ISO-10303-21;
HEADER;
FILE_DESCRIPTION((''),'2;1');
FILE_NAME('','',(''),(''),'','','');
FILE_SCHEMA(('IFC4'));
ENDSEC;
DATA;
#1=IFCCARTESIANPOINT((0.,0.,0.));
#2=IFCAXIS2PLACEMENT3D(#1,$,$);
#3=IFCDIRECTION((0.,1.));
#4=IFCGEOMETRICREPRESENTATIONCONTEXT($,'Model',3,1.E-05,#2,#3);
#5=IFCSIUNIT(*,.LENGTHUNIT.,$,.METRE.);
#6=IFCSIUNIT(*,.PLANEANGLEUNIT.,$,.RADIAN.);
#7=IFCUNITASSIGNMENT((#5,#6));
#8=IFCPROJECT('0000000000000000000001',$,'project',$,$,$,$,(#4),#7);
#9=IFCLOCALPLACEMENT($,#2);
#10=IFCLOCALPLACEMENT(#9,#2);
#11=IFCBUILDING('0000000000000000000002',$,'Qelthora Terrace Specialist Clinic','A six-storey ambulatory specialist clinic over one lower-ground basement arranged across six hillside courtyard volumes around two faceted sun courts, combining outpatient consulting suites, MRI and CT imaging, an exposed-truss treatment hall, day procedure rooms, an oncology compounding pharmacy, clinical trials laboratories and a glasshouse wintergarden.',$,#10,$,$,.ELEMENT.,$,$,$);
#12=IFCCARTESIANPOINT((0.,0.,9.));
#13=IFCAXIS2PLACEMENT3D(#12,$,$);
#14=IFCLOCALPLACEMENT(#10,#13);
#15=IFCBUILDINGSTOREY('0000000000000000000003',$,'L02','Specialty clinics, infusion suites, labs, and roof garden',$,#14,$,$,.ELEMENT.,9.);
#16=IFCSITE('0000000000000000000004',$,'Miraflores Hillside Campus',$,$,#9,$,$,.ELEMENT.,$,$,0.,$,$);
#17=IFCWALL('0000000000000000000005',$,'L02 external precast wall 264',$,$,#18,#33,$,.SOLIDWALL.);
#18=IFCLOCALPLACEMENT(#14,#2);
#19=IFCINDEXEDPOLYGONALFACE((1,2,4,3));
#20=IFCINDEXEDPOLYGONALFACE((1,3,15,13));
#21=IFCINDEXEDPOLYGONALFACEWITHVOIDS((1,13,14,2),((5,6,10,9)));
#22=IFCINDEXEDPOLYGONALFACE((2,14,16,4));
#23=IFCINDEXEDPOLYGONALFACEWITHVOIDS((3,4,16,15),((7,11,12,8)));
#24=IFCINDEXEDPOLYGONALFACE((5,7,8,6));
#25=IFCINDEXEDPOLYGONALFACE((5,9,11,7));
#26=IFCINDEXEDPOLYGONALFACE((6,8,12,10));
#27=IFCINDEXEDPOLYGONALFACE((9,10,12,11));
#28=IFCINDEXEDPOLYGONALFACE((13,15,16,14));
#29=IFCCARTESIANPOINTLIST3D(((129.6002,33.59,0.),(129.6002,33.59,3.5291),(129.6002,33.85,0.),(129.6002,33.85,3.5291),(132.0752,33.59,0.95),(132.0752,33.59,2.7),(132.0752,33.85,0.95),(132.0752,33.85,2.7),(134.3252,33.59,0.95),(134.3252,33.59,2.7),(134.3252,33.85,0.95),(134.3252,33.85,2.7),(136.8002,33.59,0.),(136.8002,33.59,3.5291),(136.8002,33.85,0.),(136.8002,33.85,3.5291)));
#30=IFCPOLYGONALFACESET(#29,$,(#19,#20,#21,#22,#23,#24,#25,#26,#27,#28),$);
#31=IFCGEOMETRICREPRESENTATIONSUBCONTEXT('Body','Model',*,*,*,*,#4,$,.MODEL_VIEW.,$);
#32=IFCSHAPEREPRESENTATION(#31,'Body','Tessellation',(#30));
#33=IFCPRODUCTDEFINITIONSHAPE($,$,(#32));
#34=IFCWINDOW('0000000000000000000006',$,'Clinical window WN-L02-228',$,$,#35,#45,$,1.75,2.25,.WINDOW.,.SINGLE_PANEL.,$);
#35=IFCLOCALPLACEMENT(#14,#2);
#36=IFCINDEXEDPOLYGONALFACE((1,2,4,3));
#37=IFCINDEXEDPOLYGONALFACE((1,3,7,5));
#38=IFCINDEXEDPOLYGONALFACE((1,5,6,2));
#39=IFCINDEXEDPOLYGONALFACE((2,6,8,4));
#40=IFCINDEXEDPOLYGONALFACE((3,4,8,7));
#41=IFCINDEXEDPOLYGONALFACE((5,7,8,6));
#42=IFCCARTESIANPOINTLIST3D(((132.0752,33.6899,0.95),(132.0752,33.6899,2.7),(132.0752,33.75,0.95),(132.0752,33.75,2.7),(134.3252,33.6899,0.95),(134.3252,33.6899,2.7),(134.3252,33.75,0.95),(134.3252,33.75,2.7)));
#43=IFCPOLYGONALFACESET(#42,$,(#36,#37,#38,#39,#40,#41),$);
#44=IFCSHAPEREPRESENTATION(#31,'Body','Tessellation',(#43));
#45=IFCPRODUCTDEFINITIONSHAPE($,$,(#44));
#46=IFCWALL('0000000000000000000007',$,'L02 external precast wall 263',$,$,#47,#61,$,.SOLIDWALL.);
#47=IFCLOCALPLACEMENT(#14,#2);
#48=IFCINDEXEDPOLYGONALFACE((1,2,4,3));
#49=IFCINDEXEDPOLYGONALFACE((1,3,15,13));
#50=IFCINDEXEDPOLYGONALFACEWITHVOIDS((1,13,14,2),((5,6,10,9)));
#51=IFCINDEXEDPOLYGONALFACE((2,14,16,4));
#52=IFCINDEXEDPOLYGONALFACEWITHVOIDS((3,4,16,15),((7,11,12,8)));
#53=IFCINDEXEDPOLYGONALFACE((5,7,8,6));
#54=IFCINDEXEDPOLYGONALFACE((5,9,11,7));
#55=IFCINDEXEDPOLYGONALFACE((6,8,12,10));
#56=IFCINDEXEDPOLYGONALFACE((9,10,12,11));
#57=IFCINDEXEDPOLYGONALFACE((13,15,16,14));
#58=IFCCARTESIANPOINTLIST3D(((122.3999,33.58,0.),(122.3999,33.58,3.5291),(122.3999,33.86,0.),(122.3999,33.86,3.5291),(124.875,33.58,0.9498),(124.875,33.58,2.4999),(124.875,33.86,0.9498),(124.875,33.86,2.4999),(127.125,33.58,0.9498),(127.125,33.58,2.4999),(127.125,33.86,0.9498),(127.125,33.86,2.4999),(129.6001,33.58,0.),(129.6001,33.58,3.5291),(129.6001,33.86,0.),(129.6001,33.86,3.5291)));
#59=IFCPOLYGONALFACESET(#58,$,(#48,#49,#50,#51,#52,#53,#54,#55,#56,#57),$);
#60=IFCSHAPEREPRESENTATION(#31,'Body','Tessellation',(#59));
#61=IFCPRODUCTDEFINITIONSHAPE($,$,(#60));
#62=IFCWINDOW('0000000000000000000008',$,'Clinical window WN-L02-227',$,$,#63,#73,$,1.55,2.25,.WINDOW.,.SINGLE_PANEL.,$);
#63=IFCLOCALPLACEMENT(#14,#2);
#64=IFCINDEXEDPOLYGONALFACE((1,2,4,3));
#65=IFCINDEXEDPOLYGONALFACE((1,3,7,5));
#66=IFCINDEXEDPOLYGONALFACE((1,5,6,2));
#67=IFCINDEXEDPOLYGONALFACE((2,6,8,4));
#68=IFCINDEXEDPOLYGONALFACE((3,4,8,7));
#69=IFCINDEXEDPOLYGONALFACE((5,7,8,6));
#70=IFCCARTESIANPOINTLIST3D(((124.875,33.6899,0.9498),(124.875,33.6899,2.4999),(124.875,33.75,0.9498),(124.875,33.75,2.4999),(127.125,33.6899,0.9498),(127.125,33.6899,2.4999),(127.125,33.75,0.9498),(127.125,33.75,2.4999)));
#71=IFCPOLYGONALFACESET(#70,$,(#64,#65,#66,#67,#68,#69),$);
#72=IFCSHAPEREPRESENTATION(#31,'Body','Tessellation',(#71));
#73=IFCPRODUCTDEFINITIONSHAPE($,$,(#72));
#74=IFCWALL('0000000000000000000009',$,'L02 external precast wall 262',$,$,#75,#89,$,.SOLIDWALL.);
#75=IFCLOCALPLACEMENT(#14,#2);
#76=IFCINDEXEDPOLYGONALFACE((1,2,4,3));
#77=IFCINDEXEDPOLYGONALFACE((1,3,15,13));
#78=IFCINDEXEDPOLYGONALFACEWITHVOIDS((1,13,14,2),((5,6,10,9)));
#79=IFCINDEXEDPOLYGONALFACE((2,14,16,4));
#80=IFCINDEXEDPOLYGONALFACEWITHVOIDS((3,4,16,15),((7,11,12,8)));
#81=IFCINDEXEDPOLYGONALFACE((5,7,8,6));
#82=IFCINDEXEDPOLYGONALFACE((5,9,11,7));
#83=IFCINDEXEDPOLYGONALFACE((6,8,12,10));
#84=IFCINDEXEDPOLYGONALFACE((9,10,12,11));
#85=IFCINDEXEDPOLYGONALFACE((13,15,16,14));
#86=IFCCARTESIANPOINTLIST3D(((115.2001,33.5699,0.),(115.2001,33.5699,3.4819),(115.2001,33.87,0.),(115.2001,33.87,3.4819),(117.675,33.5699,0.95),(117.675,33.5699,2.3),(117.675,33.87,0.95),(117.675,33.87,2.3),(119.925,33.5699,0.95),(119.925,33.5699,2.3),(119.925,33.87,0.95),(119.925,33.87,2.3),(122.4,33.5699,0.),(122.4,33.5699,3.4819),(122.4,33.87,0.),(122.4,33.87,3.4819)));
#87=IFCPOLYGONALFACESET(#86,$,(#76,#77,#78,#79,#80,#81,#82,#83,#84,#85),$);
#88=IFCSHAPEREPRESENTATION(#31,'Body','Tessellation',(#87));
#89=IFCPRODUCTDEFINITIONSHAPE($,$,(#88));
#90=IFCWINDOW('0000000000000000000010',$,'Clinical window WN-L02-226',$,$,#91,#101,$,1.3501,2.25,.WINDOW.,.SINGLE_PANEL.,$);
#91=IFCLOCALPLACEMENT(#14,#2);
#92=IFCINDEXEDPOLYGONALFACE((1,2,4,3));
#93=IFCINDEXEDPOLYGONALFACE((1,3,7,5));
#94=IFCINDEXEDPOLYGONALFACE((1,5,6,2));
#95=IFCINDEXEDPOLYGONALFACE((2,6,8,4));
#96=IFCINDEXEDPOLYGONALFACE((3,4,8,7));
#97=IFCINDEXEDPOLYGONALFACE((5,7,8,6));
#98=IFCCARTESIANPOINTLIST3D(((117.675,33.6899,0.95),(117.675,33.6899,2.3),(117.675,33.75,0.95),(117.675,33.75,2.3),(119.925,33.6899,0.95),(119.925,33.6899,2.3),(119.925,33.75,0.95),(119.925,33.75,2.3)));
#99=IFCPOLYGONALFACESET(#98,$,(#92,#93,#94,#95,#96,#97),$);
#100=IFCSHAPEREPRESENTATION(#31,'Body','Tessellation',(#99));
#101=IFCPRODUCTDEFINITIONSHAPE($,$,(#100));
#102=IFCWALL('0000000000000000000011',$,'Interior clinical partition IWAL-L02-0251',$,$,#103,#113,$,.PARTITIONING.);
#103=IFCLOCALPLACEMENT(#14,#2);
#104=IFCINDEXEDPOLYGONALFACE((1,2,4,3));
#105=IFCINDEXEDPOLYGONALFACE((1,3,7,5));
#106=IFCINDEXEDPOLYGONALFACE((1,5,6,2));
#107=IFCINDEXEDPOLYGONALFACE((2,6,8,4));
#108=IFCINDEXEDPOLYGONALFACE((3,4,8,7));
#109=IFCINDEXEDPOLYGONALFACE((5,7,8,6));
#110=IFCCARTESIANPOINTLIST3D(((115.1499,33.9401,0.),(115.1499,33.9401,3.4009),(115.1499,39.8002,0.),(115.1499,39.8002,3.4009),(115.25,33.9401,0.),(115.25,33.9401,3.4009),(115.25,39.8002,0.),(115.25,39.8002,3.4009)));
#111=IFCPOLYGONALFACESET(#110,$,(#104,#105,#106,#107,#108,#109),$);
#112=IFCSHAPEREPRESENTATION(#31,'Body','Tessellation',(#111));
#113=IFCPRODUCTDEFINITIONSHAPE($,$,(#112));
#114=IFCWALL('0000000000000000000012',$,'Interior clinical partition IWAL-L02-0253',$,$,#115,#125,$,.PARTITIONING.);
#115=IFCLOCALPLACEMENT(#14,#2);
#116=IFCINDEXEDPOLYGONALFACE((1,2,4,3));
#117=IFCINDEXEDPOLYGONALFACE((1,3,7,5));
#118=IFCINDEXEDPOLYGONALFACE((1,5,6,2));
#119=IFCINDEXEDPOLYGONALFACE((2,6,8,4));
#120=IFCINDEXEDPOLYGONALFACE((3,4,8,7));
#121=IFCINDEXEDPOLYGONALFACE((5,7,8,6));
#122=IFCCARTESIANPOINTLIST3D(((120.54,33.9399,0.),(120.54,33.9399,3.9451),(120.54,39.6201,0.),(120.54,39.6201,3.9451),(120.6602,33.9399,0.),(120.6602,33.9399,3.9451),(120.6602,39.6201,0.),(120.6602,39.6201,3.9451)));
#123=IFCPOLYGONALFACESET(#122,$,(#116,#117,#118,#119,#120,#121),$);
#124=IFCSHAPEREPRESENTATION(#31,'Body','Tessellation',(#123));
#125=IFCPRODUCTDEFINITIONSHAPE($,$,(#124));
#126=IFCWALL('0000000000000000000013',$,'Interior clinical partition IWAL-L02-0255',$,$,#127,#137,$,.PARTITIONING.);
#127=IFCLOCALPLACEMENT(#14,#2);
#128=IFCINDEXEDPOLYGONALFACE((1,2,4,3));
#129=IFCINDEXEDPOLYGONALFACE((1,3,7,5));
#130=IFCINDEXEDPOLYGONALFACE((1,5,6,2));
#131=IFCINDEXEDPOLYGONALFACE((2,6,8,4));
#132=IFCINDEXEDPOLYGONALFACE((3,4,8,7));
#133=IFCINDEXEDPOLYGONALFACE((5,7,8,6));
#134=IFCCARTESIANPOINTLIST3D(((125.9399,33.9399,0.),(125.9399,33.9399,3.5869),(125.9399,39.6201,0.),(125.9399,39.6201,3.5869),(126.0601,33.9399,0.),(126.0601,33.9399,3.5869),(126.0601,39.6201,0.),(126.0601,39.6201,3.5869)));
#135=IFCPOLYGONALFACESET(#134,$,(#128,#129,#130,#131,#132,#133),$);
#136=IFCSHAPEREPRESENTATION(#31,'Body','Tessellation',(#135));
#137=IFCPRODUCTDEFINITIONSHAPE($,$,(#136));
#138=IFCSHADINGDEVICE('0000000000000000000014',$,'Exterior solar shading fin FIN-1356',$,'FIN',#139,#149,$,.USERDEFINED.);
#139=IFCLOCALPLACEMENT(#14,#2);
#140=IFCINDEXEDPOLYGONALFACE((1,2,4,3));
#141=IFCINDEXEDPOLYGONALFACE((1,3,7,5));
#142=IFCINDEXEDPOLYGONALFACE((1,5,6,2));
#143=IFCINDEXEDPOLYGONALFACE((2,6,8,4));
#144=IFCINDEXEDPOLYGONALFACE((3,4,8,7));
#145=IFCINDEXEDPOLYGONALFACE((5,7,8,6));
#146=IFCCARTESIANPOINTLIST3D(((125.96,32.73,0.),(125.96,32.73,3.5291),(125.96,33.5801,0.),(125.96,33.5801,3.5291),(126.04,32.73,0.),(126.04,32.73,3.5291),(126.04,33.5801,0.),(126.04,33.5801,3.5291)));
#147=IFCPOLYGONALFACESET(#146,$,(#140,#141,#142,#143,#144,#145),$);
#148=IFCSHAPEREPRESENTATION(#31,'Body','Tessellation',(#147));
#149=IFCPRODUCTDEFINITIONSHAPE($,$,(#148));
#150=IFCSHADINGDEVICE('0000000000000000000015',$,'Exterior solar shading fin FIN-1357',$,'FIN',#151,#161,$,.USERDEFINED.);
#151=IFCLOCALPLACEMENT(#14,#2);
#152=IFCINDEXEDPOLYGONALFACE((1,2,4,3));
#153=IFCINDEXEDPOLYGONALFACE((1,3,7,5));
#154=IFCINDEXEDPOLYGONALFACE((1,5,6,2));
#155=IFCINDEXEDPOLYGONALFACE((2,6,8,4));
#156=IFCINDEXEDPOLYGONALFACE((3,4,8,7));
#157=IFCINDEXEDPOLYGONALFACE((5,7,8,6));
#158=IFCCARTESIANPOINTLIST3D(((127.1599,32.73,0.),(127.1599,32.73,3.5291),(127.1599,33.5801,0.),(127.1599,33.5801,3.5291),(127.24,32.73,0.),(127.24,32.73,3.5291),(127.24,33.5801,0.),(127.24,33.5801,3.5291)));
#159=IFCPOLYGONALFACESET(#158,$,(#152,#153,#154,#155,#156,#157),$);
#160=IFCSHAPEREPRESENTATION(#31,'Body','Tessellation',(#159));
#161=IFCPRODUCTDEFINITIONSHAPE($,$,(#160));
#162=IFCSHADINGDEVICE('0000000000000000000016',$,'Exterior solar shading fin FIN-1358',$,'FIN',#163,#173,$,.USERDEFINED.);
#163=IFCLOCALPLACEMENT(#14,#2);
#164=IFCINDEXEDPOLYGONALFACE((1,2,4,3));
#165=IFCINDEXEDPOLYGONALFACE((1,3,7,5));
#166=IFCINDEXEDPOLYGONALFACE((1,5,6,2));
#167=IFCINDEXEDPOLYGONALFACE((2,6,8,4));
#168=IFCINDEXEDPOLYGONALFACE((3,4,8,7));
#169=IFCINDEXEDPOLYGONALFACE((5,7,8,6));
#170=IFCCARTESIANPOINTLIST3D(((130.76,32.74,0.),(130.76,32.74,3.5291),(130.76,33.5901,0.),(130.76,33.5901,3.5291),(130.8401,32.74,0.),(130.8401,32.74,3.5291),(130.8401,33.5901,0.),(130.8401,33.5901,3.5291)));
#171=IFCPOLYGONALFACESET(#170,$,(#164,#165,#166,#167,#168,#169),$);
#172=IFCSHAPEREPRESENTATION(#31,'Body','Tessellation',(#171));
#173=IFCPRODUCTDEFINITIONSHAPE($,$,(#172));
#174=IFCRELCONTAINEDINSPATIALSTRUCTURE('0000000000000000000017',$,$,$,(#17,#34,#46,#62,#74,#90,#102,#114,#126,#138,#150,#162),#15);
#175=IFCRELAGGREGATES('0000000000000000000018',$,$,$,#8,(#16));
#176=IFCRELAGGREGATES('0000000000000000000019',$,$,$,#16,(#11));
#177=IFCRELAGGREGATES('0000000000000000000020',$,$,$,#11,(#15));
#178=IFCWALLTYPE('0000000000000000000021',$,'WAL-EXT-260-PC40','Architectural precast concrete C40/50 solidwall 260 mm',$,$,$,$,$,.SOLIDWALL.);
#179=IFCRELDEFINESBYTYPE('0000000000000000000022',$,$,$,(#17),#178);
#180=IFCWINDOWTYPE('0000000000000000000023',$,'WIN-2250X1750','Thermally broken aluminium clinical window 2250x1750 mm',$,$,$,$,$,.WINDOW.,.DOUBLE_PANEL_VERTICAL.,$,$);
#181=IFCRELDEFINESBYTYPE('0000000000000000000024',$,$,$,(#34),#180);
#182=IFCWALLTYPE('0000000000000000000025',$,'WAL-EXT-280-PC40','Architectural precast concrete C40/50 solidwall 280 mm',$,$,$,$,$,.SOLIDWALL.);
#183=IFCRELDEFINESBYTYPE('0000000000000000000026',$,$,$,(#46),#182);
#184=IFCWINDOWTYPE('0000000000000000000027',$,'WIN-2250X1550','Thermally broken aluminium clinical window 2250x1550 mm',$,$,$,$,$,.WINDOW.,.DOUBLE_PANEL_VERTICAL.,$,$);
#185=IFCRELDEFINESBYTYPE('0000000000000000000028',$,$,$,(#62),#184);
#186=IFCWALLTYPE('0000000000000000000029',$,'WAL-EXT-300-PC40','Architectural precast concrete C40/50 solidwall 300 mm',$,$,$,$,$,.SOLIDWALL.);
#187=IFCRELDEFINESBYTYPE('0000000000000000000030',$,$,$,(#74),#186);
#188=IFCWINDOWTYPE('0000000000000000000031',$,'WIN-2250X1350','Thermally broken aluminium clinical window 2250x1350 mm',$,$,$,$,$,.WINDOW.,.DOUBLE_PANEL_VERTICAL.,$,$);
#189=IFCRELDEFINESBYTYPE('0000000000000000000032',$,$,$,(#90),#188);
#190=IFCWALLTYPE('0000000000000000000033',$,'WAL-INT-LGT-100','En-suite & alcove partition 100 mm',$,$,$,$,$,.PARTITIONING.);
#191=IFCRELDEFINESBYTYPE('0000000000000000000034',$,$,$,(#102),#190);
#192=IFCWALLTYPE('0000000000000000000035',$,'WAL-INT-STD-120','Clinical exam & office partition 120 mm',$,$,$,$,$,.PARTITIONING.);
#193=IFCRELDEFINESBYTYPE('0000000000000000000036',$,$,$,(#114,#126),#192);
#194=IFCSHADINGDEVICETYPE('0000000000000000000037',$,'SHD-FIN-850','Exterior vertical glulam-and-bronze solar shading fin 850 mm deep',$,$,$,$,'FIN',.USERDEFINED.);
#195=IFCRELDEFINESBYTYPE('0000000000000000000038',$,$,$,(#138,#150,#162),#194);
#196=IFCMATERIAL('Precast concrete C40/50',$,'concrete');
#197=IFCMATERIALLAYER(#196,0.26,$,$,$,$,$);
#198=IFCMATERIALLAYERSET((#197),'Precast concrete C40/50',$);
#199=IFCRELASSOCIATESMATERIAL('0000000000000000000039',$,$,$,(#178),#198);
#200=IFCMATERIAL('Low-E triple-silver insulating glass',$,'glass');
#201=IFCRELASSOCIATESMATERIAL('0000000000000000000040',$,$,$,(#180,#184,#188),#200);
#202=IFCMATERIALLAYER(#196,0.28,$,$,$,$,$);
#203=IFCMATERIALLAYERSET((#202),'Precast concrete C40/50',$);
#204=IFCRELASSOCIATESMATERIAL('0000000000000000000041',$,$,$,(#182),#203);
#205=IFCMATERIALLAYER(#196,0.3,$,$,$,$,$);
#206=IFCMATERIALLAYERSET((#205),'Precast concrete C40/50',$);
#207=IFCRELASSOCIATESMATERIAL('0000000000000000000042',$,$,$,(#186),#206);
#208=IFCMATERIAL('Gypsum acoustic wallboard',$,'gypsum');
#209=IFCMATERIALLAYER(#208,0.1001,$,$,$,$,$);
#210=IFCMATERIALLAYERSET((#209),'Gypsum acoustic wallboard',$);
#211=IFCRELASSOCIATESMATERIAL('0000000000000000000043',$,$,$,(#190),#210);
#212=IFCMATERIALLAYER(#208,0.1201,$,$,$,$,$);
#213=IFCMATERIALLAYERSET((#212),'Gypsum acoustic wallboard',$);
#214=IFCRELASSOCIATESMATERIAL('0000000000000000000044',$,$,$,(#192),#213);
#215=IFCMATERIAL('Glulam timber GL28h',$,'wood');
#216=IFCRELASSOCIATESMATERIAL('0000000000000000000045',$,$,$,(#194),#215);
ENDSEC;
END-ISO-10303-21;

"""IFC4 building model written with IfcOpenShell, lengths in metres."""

from ifc_helpers import new_model, si_unit, direction, frame, frame_2d, origin, origin_2d, place, context, subcontext, project, spatial, rectangle, extrude, material, layer, layer_set, type_object, element, fill, save


model = new_model("IFC4")

# Units and contexts
model_context = context("Model", 3, precision=1e-05, world=origin(), true_north=direction((0.0, 1.0)))
body_context = subcontext(model_context, "Body", "Model", "MODEL_VIEW")
ifc_project = project(units=[si_unit("LENGTHUNIT", "METRE"), si_unit("PLANEANGLEUNIT", "RADIAN")], contexts=[model_context])

# Site, building, storey
site_placement = place(None, origin())
site = spatial("IfcSite", under=ifc_project, at=site_placement, Name="Miraflores Hillside Campus", CompositionType="ELEMENT", RefElevation=0.0)
building_placement = place(site_placement, origin())
building = spatial("IfcBuilding", under=site, at=building_placement, Name="Qelthora Terrace Specialist Clinic", Description="A six-storey ambulatory specialist clinic over one lower-ground basement arranged across six hillside courtyard volumes around two faceted sun courts, combining outpatient consulting suites, MRI and CT imaging, an exposed-truss treatment hall, day procedure rooms, an oncology compounding pharmacy, clinical trials laboratories and a glasshouse wintergarden.", CompositionType="ELEMENT")
storey_placement = place(building_placement, frame((0.0, 0.0, 9.0)))
storey = spatial("IfcBuildingStorey", under=building, at=storey_placement, Name="L02", Description="Specialty clinics, infusion suites, labs, and roof garden", CompositionType="ELEMENT", Elevation=9.0)

# Walls, openings, windows
ifc_material_1 = material(Name="Precast concrete C40/50", Category="concrete")
ifc_layer_1 = layer(ifc_material_1, 0.26)
ifc_layer_set_1 = layer_set([ifc_layer_1], Name="Precast concrete C40/50")
wall_type_1 = type_object("IfcWallType", Name="WAL-EXT-260-PC40", Description="Architectural precast concrete C40/50 solidwall 260 mm", PredefinedType="SOLIDWALL", material=ifc_layer_set_1)
wall_1_placement = place(storey_placement, frame((129.6001, 33.72, 0.0), z_axis=(0.0, 0.0, 1.0), x_axis=(1.0, 0.0, 0.0)))
wall_1 = element("IfcWall", 1, at=wall_1_placement, inside=storey, type_object=wall_type_1, Name="L02 external precast wall 264", PredefinedType="SOLIDWALL", context=body_context, shape_type="SweptSolid", body=[
    extrude(rectangle(XDim=7.2, YDim=0.26, at=frame_2d((3.6001, 0.0))), origin(), (0.0, 0.0, 1.0), 3.5291),
])
opening_1_placement = place(wall_1_placement, frame((2.4751, 0.0, 0.95)))
opening_1 = element("IfcOpeningElement", 2, at=opening_1_placement, cuts=wall_1, PredefinedType="OPENING", context=body_context, shape_type="SweptSolid", body=[
    extrude(rectangle(XDim=2.25, YDim=1.75, at=frame_2d((1.125, 0.875))), frame((0.0, 0.1399, 0.0), z_axis=(0.0, -1.0, 0.0), x_axis=(1.0, 0.0, 0.0)), (0.0, 0.0, 1.0), 0.28),
])
ifc_material_2 = material(Name="Low-E triple-silver insulating glass", Category="glass")
window_type_1 = type_object("IfcWindowType", Name="WIN-2250X1750", Description="Thermally broken aluminium clinical window 2250x1750 mm", PartitioningType="DOUBLE_PANEL_VERTICAL", PredefinedType="WINDOW", material=ifc_material_2)
window_1_placement = place(opening_1_placement, origin())
window_1 = element("IfcWindow", 3, at=window_1_placement, inside=storey, type_object=window_type_1, Name="Clinical window WN-L02-228", OverallHeight=1.75, OverallWidth=2.25, PartitioningType="SINGLE_PANEL", PredefinedType="WINDOW", context=body_context, shape_type="SweptSolid", body=[
    extrude(rectangle(XDim=2.25, YDim=1.75, at=frame_2d((1.125, 0.875))), frame((0.0, 0.03, 0.0), z_axis=(0.0, -1.0, 0.0), x_axis=(1.0, 0.0, 0.0)), (0.0, 0.0, 1.0), 0.0601),
])
fill(opening_1, window_1)
ifc_layer_2 = layer(ifc_material_1, 0.28)
ifc_layer_set_2 = layer_set([ifc_layer_2], Name="Precast concrete C40/50")
wall_type_2 = type_object("IfcWallType", Name="WAL-EXT-280-PC40", Description="Architectural precast concrete C40/50 solidwall 280 mm", PredefinedType="SOLIDWALL", material=ifc_layer_set_2)
wall_2_placement = place(storey_placement, frame((122.3999, 33.72, 0.0), z_axis=(0.0, 0.0, 1.0), x_axis=(1.0, 0.0, 0.0)))
wall_2 = element("IfcWall", 4, at=wall_2_placement, inside=storey, type_object=wall_type_2, Name="L02 external precast wall 263", PredefinedType="SOLIDWALL", context=body_context, shape_type="SweptSolid", body=[
    extrude(rectangle(XDim=7.2002, YDim=0.28, at=frame_2d((3.6001, 0.0))), origin(), (0.0, 0.0, 1.0), 3.5291),
])
opening_2_placement = place(wall_2_placement, frame((2.4751, 0.0, 0.95)))
opening_2 = element("IfcOpeningElement", 5, at=opening_2_placement, cuts=wall_2, PredefinedType="OPENING", context=body_context, shape_type="SweptSolid", body=[
    extrude(rectangle(XDim=2.25, YDim=1.55, at=frame_2d((1.125, 0.7749))), frame((0.0, 0.1499, 0.0), z_axis=(0.0, -1.0, 0.0), x_axis=(1.0, 0.0, 0.0)), (0.0, 0.0, 1.0), 0.3),
])
window_type_2 = type_object("IfcWindowType", Name="WIN-2250X1550", Description="Thermally broken aluminium clinical window 2250x1550 mm", PartitioningType="DOUBLE_PANEL_VERTICAL", PredefinedType="WINDOW", material=ifc_material_2)
window_2_placement = place(opening_2_placement, origin())
window_2 = element("IfcWindow", 6, at=window_2_placement, inside=storey, type_object=window_type_2, Name="Clinical window WN-L02-227", OverallHeight=1.55, OverallWidth=2.25, PartitioningType="SINGLE_PANEL", PredefinedType="WINDOW", context=body_context, shape_type="SweptSolid", body=[
    extrude(rectangle(XDim=2.25, YDim=1.55, at=frame_2d((1.125, 0.7749))), frame((0.0, 0.03, 0.0), z_axis=(0.0, -1.0, 0.0), x_axis=(1.0, 0.0, 0.0)), (0.0, 0.0, 1.0), 0.0601),
])
fill(opening_2, window_2)
ifc_layer_3 = layer(ifc_material_1, 0.3)
ifc_layer_set_3 = layer_set([ifc_layer_3], Name="Precast concrete C40/50")
wall_type_3 = type_object("IfcWallType", Name="WAL-EXT-300-PC40", Description="Architectural precast concrete C40/50 solidwall 300 mm", PredefinedType="SOLIDWALL", material=ifc_layer_set_3)
wall_3_placement = place(storey_placement, frame((115.2, 33.72, 0.0), z_axis=(0.0, 0.0, 1.0), x_axis=(1.0, 0.0, 0.0)))
wall_3 = element("IfcWall", 7, at=wall_3_placement, inside=storey, type_object=wall_type_3, Name="L02 external precast wall 262", PredefinedType="SOLIDWALL", context=body_context, shape_type="SweptSolid", body=[
    extrude(rectangle(XDim=7.2, YDim=0.3, at=frame_2d((3.6001, 0.0))), origin(), (0.0, 0.0, 1.0), 3.4819),
])
opening_3_placement = place(wall_3_placement, frame((2.4751, 0.0, 0.95)))
opening_3 = element("IfcOpeningElement", 8, at=opening_3_placement, cuts=wall_3, PredefinedType="OPENING", context=body_context, shape_type="SweptSolid", body=[
    extrude(rectangle(XDim=2.25, YDim=1.3501, at=frame_2d((1.125, 0.675))), frame((0.0, 0.1599, 0.0), z_axis=(0.0, -1.0, 0.0), x_axis=(1.0, 0.0, 0.0)), (0.0, 0.0, 1.0), 0.3201),
])
window_type_3 = type_object("IfcWindowType", Name="WIN-2250X1350", Description="Thermally broken aluminium clinical window 2250x1350 mm", PartitioningType="DOUBLE_PANEL_VERTICAL", PredefinedType="WINDOW", material=ifc_material_2)
window_3_placement = place(opening_3_placement, origin())
window_3 = element("IfcWindow", 9, at=window_3_placement, inside=storey, type_object=window_type_3, Name="Clinical window WN-L02-226", OverallHeight=1.3501, OverallWidth=2.25, PartitioningType="SINGLE_PANEL", PredefinedType="WINDOW", context=body_context, shape_type="SweptSolid", body=[
    extrude(rectangle(XDim=2.25, YDim=1.3501, at=frame_2d((1.125, 0.675))), frame((0.0, 0.03, 0.0), z_axis=(0.0, -1.0, 0.0), x_axis=(1.0, 0.0, 0.0)), (0.0, 0.0, 1.0), 0.0601),
])
fill(opening_3, window_3)

# Walls
ifc_material_3 = material(Name="Gypsum acoustic wallboard", Category="gypsum")
ifc_layer_4 = layer(ifc_material_3, 0.1001)
ifc_layer_set_4 = layer_set([ifc_layer_4], Name="Gypsum acoustic wallboard")
wall_type_4 = type_object("IfcWallType", Name="WAL-INT-LGT-100", Description="En-suite & alcove partition 100 mm", PredefinedType="PARTITIONING", material=ifc_layer_set_4)
wall_4_placement = place(storey_placement, frame((115.2, 33.9399, 0.0), z_axis=(0.0, 0.0, 1.0), x_axis=(0.0, 1.0, 0.0)))
element("IfcWall", 10, at=wall_4_placement, inside=storey, type_object=wall_type_4, Name="Interior clinical partition IWAL-L02-0251", PredefinedType="PARTITIONING", context=body_context, shape_type="SweptSolid", body=[
    extrude(rectangle(XDim=5.8601, YDim=0.1001, at=frame_2d((2.9302, 0.0))), origin(), (0.0, 0.0, 1.0), 3.4009),
])
ifc_layer_5 = layer(ifc_material_3, 0.1201)
ifc_layer_set_5 = layer_set([ifc_layer_5], Name="Gypsum acoustic wallboard")
wall_type_5 = type_object("IfcWallType", Name="WAL-INT-STD-120", Description="Clinical exam & office partition 120 mm", PredefinedType="PARTITIONING", material=ifc_layer_set_5)
wall_5_placement = place(storey_placement, frame((120.6001, 39.6201, 0.0), z_axis=(0.0, 0.0, 1.0), x_axis=(0.0, -1.0, 0.0)))
element("IfcWall", 11, at=wall_5_placement, inside=storey, type_object=wall_type_5, Name="Interior clinical partition IWAL-L02-0253", PredefinedType="PARTITIONING", context=body_context, shape_type="SweptSolid", body=[
    extrude(rectangle(XDim=5.6802, YDim=0.1201, at=frame_2d((2.8401, 0.0))), origin(), (0.0, 0.0, 1.0), 3.9451),
])
wall_6_placement = place(storey_placement, frame((126.0, 39.6201, 0.0), z_axis=(0.0, 0.0, 1.0), x_axis=(0.0, -1.0, 0.0)))
element("IfcWall", 12, at=wall_6_placement, inside=storey, type_object=wall_type_5, Name="Interior clinical partition IWAL-L02-0255", PredefinedType="PARTITIONING", context=body_context, shape_type="SweptSolid", body=[
    extrude(rectangle(XDim=5.6802, YDim=0.1201, at=frame_2d((2.8401, 0.0))), origin(), (0.0, 0.0, 1.0), 3.5869),
])

# Shading devices
ifc_material_4 = material(Name="Glulam timber GL28h", Category="wood")
shading_device_type = type_object("IfcShadingDeviceType", Name="SHD-FIN-850", Description="Exterior vertical glulam-and-bronze solar shading fin 850 mm deep", ElementType="FIN", PredefinedType="USERDEFINED", material=ifc_material_4)
for number, where, z_axis, x_axis, name in (
    (13, (126.0, 33.155, 0.0), (0.0, 0.0, 1.0), (0.0, -1.0, 0.0), "Exterior solar shading fin FIN-1356"),
    (14, (127.2, 33.155, 0.0), (0.0, 0.0, 1.0), (0.0, -1.0, 0.0), "Exterior solar shading fin FIN-1357"),
    (15, (130.8, 33.165, 0.0), (0.0, 0.0, 1.0), (0.0, -1.0, 0.0), "Exterior solar shading fin FIN-1358"),
):
    element("IfcShadingDevice", number, at=place(storey_placement, frame(where, z_axis=z_axis, x_axis=x_axis)), inside=storey, type_object=shading_device_type, Name=name, ObjectType="FIN", PredefinedType="USERDEFINED", context=body_context, shape_type="SweptSolid", body=[
        extrude(rectangle(XDim=0.8501, YDim=0.0801, at=origin_2d()), origin(), (0.0, 0.0, 1.0), 3.5291),
    ])

save(model, "model.ifc")
